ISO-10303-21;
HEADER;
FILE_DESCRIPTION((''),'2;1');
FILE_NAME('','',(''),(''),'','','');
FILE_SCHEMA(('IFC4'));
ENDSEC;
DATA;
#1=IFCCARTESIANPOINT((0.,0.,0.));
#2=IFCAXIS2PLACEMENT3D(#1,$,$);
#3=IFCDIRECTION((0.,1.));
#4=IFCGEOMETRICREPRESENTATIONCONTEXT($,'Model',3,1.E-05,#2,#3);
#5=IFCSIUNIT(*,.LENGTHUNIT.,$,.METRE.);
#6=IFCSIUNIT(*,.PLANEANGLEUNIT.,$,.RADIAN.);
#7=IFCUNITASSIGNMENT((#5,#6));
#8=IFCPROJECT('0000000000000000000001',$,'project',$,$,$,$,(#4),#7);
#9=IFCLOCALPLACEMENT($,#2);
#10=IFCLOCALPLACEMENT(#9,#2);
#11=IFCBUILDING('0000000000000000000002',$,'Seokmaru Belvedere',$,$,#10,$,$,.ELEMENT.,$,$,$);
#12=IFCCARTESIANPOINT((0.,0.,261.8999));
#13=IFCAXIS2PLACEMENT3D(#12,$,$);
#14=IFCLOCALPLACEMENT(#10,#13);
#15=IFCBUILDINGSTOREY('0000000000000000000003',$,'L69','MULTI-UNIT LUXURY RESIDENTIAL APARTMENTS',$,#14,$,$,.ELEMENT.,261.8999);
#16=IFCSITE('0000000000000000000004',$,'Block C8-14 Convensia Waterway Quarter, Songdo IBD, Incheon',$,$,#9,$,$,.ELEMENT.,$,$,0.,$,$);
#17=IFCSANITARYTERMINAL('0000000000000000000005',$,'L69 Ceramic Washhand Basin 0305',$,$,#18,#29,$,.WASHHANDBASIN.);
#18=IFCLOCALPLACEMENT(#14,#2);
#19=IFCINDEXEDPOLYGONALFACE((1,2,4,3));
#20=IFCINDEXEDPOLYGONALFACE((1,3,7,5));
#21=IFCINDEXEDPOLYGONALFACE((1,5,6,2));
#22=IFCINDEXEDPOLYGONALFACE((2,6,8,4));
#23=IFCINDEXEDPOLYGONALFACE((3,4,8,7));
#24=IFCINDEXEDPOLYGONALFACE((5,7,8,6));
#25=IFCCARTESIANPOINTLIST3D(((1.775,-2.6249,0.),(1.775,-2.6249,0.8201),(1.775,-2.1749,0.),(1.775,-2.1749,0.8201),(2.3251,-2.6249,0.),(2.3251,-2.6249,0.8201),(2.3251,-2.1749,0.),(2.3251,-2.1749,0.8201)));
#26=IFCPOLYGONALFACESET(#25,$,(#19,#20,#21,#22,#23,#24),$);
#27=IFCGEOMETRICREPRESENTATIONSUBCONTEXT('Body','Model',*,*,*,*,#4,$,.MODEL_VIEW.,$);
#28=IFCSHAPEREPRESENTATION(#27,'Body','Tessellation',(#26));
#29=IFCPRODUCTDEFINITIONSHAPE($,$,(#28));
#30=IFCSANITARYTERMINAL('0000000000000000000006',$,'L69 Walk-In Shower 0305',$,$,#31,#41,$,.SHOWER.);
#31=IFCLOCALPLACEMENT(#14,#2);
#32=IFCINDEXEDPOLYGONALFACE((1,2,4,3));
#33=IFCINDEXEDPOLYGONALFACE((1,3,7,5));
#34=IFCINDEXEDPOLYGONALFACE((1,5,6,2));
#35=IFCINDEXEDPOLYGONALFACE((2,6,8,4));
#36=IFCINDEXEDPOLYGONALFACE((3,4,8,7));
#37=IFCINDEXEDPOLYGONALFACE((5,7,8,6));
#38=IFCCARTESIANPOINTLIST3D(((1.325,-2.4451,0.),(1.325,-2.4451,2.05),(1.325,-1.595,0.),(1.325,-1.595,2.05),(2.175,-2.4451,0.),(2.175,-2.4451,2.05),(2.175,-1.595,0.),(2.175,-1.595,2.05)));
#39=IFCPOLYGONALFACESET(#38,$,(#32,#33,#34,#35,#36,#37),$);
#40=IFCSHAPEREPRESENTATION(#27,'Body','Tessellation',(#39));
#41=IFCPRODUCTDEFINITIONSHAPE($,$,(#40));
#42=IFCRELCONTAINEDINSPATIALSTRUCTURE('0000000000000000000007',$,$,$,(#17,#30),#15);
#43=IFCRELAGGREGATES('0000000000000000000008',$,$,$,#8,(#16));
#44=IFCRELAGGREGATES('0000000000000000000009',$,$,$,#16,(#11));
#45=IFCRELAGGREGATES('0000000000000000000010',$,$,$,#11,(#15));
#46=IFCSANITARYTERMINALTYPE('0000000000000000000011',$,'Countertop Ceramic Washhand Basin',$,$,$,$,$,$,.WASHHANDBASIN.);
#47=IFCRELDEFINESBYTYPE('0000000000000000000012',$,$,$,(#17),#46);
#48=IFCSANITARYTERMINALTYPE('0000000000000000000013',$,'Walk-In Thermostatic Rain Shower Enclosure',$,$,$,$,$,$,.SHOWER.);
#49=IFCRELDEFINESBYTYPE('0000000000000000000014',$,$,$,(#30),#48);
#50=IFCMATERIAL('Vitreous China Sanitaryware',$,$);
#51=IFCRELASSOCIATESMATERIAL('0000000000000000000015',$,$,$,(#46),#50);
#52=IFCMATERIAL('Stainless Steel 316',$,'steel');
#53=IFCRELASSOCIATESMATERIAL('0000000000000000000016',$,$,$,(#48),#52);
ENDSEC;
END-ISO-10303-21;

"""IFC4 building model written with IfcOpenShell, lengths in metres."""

from ifc_helpers import new_model, si_unit, direction, frame, origin, origin_2d, place, context, subcontext, project, spatial, rectangle, extrude, source, transform, mapped, material, type_object, type_shapes, element, save


model = new_model("IFC4")

# Units and contexts
model_context = context("Model", 3, precision=1e-05, world=origin(), true_north=direction((0.0, 1.0)))
body_context = subcontext(model_context, "Body", "Model", "MODEL_VIEW")
ifc_project = project(units=[si_unit("LENGTHUNIT", "METRE"), si_unit("PLANEANGLEUNIT", "RADIAN")], contexts=[model_context])

# Site, building, storey
site_placement = place(None, origin())
site = spatial("IfcSite", under=ifc_project, at=site_placement, Name="Block C8-14 Convensia Waterway Quarter, Songdo IBD, Incheon", CompositionType="ELEMENT", RefElevation=0.0)
building_placement = place(site_placement, origin())
building = spatial("IfcBuilding", under=site, at=building_placement, Name="Seokmaru Belvedere", CompositionType="ELEMENT")
storey_placement = place(building_placement, frame((0.0, 0.0, 261.8999)))
storey = spatial("IfcBuildingStorey", under=building, at=storey_placement, Name="L69", Description="MULTI-UNIT LUXURY RESIDENTIAL APARTMENTS", CompositionType="ELEMENT", Elevation=261.8999)

# Sanitary terminals
ifc_material_1 = material(Name="Vitreous China Sanitaryware")
sanitary_terminal_type_1 = type_object("IfcSanitaryTerminalType", Name="Countertop Ceramic Washhand Basin", PredefinedType="WASHHANDBASIN", material=ifc_material_1)
shared_shape_1 = source(origin(), body_context, "Body", "SweptSolid", [
    extrude(rectangle(XDim=0.55, YDim=0.45, at=origin_2d()), origin(), (0.0, 0.0, 1.0), 0.8201),
])
type_shapes(sanitary_terminal_type_1, [shared_shape_1])
sanitary_terminal_1_placement = place(storey_placement, frame((2.05, -2.3999, 0.0), z_axis=(0.0, 0.0, 1.0), x_axis=(1.0, 0.0, 0.0)))
element("IfcSanitaryTerminal", 1, at=sanitary_terminal_1_placement, inside=storey, type_object=sanitary_terminal_type_1, Name="L69 Ceramic Washhand Basin 0305", PredefinedType="WASHHANDBASIN", context=body_context, shape_type="MappedRepresentation", body=[
    mapped(shared_shape_1, transform((0.0, 0.0, 0.0), scale=1.0)),
])
ifc_material_2 = material(Name="Stainless Steel 316", Category="steel")
sanitary_terminal_type_2 = type_object("IfcSanitaryTerminalType", Name="Walk-In Thermostatic Rain Shower Enclosure", PredefinedType="SHOWER", material=ifc_material_2)
shared_shape_2 = source(origin(), body_context, "Body", "SweptSolid", [
    extrude(rectangle(XDim=0.8501, YDim=0.8501, at=origin_2d()), origin(), (0.0, 0.0, 1.0), 2.05),
])
type_shapes(sanitary_terminal_type_2, [shared_shape_2])
sanitary_terminal_2_placement = place(storey_placement, frame((1.75, -2.02, 0.0), z_axis=(0.0, 0.0, 1.0), x_axis=(1.0, 0.0, 0.0)))
element("IfcSanitaryTerminal", 2, at=sanitary_terminal_2_placement, inside=storey, type_object=sanitary_terminal_type_2, Name="L69 Walk-In Shower 0305", PredefinedType="SHOWER", context=body_context, shape_type="MappedRepresentation", body=[
    mapped(shared_shape_2, transform((0.0, 0.0, 0.0), scale=1.0)),
])

save(model, "model.ifc")
